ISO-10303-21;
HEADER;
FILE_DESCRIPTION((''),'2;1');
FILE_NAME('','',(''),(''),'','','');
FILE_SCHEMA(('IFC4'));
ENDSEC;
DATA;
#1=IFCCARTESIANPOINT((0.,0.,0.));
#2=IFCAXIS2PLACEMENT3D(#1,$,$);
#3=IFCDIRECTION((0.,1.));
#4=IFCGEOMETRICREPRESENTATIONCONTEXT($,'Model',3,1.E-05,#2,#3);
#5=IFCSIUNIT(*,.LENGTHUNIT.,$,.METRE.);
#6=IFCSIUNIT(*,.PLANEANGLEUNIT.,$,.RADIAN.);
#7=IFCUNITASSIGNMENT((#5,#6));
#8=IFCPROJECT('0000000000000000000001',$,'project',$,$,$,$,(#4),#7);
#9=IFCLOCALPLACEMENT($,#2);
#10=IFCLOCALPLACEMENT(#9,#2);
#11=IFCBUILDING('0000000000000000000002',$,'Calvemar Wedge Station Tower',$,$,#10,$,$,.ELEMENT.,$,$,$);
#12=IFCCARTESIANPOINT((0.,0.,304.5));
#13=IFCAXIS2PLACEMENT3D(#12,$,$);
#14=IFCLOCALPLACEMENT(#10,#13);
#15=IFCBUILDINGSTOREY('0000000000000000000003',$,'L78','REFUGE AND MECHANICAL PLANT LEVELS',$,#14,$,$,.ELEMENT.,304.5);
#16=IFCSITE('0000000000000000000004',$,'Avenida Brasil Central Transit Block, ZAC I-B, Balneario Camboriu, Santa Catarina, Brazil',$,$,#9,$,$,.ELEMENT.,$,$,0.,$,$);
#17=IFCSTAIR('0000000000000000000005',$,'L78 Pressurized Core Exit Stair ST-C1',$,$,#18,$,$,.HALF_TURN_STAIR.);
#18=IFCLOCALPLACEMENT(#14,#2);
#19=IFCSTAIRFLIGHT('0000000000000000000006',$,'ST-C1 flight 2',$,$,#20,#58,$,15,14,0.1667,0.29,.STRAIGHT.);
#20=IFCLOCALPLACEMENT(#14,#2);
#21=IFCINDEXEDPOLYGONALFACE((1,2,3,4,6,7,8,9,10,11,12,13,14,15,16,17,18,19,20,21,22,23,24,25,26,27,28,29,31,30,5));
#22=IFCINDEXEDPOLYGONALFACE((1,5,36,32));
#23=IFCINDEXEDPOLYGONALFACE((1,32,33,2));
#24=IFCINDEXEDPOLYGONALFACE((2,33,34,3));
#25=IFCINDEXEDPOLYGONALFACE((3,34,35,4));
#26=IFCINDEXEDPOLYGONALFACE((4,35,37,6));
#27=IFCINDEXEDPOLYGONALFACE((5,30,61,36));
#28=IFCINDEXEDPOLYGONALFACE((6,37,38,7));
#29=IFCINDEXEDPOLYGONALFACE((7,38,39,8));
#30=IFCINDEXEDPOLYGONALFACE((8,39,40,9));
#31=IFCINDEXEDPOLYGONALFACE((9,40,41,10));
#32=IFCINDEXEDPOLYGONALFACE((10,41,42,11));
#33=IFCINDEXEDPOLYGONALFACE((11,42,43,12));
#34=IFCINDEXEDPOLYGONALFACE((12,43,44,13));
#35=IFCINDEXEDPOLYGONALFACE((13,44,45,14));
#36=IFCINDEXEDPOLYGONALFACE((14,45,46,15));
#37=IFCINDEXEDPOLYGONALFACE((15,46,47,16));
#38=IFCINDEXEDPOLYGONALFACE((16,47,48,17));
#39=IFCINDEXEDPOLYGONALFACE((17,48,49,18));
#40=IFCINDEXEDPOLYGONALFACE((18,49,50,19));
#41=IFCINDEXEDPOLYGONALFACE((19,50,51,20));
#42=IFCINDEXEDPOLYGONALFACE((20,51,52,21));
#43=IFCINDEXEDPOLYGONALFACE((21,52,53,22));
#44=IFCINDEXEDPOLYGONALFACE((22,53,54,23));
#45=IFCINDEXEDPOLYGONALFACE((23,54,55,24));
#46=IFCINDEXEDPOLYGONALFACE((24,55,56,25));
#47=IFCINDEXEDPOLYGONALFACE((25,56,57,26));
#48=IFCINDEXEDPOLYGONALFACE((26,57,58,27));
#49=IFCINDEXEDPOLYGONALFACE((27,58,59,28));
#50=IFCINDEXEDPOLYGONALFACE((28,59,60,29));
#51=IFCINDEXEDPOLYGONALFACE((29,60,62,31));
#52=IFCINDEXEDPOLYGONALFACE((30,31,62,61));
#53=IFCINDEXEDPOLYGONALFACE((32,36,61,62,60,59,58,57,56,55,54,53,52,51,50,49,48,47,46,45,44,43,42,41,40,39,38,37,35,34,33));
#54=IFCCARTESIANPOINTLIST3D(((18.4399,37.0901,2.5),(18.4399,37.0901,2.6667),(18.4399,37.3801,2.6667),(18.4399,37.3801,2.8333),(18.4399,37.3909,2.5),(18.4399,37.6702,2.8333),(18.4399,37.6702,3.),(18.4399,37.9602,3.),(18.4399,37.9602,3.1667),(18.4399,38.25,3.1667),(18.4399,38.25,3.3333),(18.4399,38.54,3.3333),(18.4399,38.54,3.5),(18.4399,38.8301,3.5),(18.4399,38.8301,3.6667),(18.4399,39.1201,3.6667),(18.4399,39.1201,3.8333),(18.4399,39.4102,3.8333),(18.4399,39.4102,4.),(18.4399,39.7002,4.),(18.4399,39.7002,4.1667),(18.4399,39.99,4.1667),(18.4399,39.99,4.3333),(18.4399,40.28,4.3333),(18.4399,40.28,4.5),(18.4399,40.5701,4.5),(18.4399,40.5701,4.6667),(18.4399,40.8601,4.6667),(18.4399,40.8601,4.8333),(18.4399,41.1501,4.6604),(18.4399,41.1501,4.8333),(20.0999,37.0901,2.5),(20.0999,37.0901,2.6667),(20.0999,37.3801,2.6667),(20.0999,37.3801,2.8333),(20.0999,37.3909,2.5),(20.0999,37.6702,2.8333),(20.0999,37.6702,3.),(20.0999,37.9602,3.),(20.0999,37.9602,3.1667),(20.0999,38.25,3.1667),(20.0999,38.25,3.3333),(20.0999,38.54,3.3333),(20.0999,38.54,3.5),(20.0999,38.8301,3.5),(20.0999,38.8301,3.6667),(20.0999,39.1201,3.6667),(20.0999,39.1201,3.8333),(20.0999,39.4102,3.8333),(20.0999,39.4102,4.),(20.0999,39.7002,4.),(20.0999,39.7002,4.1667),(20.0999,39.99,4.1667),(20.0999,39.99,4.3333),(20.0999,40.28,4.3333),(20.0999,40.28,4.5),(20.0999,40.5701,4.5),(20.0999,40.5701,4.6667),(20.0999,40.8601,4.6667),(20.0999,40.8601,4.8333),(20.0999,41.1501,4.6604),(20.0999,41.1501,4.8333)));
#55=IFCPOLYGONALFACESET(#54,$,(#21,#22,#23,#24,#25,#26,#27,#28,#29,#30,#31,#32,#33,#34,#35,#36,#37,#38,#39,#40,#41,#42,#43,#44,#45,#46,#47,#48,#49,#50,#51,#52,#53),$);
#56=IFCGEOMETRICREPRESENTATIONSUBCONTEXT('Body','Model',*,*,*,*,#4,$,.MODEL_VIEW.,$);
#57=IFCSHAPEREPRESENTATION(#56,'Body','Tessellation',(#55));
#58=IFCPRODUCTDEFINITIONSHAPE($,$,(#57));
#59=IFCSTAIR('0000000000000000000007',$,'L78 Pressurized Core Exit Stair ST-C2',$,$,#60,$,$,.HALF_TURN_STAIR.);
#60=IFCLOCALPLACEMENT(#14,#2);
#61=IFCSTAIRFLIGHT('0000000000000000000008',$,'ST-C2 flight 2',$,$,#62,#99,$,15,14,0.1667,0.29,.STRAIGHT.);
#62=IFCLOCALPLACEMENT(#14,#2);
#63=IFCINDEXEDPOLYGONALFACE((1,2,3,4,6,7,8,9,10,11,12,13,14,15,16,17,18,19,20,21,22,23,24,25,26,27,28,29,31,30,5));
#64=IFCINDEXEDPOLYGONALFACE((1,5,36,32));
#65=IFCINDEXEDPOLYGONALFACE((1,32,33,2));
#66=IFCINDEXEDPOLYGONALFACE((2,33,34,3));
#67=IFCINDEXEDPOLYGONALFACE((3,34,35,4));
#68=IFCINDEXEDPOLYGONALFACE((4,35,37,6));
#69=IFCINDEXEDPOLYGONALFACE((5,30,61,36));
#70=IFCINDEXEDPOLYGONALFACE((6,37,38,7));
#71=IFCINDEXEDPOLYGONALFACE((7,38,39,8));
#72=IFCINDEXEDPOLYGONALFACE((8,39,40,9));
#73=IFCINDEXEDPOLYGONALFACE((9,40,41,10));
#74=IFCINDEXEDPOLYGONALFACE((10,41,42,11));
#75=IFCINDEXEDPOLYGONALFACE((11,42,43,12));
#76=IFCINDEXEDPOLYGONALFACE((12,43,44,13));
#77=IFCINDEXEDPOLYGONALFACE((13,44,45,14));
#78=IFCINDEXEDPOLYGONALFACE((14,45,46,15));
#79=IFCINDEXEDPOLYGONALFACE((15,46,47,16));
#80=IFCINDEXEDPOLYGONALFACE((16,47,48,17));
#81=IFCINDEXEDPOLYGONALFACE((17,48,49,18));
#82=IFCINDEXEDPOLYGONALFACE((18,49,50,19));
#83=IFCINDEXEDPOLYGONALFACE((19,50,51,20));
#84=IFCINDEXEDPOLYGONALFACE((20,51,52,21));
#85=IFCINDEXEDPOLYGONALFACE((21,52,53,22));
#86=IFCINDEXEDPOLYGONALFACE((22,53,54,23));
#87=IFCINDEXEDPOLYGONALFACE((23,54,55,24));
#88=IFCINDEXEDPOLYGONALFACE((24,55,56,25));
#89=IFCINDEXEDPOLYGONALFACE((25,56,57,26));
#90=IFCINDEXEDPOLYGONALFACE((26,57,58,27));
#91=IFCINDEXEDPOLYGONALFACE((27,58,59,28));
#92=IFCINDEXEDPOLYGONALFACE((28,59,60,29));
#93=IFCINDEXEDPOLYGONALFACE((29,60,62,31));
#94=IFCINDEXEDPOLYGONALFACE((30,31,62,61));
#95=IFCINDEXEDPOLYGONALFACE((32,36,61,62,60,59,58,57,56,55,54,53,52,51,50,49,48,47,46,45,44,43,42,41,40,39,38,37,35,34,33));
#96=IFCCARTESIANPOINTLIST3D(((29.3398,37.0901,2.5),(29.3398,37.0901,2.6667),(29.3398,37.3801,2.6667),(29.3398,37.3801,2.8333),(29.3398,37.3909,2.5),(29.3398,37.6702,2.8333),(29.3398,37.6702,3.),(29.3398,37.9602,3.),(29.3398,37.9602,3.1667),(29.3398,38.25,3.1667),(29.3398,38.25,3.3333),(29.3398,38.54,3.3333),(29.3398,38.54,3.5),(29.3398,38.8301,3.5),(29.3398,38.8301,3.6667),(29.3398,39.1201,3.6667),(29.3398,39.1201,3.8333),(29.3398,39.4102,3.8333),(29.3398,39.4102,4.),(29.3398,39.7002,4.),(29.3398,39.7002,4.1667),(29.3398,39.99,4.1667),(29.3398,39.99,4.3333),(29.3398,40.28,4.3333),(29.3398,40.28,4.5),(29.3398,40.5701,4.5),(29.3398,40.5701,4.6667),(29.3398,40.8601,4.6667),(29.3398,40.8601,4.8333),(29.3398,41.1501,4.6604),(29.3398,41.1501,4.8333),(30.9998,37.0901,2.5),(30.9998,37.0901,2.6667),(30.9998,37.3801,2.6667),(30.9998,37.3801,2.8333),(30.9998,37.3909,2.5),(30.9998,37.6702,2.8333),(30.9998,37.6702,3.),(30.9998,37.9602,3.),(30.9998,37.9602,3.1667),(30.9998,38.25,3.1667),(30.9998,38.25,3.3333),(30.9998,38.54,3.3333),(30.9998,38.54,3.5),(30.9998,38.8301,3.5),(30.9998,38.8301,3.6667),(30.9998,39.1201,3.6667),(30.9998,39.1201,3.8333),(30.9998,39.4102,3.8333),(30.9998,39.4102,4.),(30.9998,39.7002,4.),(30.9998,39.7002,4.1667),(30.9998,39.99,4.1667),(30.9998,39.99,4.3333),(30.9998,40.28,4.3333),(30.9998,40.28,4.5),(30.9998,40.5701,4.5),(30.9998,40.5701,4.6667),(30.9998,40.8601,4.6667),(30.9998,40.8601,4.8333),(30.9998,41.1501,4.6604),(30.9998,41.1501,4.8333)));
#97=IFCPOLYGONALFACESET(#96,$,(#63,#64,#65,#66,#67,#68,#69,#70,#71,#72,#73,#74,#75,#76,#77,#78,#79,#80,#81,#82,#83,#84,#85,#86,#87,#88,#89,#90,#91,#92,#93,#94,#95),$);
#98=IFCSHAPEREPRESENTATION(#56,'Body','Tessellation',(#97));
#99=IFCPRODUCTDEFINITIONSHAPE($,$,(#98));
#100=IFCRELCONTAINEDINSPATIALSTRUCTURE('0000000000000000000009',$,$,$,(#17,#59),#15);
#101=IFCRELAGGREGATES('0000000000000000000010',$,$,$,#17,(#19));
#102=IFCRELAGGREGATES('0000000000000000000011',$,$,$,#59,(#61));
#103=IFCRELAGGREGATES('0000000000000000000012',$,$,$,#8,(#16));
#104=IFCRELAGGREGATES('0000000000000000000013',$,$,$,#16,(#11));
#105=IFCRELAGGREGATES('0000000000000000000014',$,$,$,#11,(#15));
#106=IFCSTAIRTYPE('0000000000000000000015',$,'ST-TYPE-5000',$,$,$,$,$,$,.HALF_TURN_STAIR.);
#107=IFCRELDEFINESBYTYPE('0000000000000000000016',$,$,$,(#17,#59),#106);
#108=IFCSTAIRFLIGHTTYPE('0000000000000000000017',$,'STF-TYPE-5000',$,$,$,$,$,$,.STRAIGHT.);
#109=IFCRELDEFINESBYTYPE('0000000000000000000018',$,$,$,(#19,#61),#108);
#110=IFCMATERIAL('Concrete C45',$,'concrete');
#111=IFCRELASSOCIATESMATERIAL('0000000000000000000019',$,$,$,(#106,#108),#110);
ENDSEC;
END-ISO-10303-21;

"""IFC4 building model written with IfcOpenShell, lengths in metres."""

from ifc_helpers import new_model, si_unit, direction, frame, origin, place, context, subcontext, project, spatial, polyline, outline, extrude, material, type_object, element, aggregate, save


model = new_model("IFC4")

# Units and contexts
model_context = context("Model", 3, precision=1e-05, world=origin(), true_north=direction((0.0, 1.0)))
body_context = subcontext(model_context, "Body", "Model", "MODEL_VIEW")
ifc_project = project(units=[si_unit("LENGTHUNIT", "METRE"), si_unit("PLANEANGLEUNIT", "RADIAN")], contexts=[model_context])

# Site, building, storey
site_placement = place(None, origin())
site = spatial("IfcSite", under=ifc_project, at=site_placement, Name="Avenida Brasil Central Transit Block, ZAC I-B, Balneario Camboriu, Santa Catarina, Brazil", CompositionType="ELEMENT", RefElevation=0.0)
building_placement = place(site_placement, origin())
building = spatial("IfcBuilding", under=site, at=building_placement, Name="Calvemar Wedge Station Tower", CompositionType="ELEMENT")
storey_placement = place(building_placement, frame((0.0, 0.0, 304.5)))
storey = spatial("IfcBuildingStorey", under=building, at=storey_placement, Name="L78", Description="REFUGE AND MECHANICAL PLANT LEVELS", CompositionType="ELEMENT", Elevation=304.5)

# Stair, stair flight
ifc_material_1 = material(Name="Concrete C45", Category="concrete")
stair_type = type_object("IfcStairType", Name="ST-TYPE-5000", PredefinedType="HALF_TURN_STAIR", material=ifc_material_1)
stair_1_placement = place(storey_placement, origin())
stair_1 = element("IfcStair", 1, at=stair_1_placement, inside=storey, type_object=stair_type, Name="L78 Pressurized Core Exit Stair ST-C1", PredefinedType="HALF_TURN_STAIR")
stair_flight_type = type_object("IfcStairFlightType", Name="STF-TYPE-5000", PredefinedType="STRAIGHT", material=ifc_material_1)
stair_flight_1_placement = place(storey_placement, frame((19.27, 37.0901, 2.5), z_axis=(0.0, 0.0, 1.0), x_axis=(0.0, 1.0, 0.0)))
stair_flight_1 = element("IfcStairFlight", 2, at=stair_flight_1_placement, type_object=stair_flight_type, Name="ST-C1 flight 2", NumberOfRisers=15, NumberOfTreads=14, PredefinedType="STRAIGHT", RiserHeight=0.1667, TreadLength=0.29, context=body_context, shape_type="SweptSolid", body=[
    extrude(outline(polyline([(0.0, 0.0), (0.0, 0.1667), (0.29, 0.1667), (0.29, 0.3333), (0.5801, 0.3333), (0.5801, 0.5), (0.8701, 0.5), (0.8701, 0.6667), (1.1599, 0.6667), (1.1599, 0.8333), (1.45, 0.8333), (1.45, 1.0), (1.74, 1.0), (1.74, 1.1667), (2.03, 1.1667), (2.03, 1.3333), (2.3201, 1.3333), (2.3201, 1.5), (2.6101, 1.5), (2.6101, 1.6667), (2.8999, 1.6667), (2.8999, 1.8333), (3.1899, 1.8333), (3.1899, 2.0), (3.48, 2.0), (3.48, 2.1667), (3.77, 2.1667), (3.77, 2.3333), (4.0601, 2.3333), (4.0601, 2.5), (4.0601, 2.1604), (0.3008, 0.0), (0.0, 0.0)])), frame((0.0, 0.8301, 0.0), z_axis=(0.0, -1.0, 0.0), x_axis=(1.0, 0.0, 0.0)), (0.0, 0.0, 1.0), 1.6599),
])
aggregate(stair_1, [stair_flight_1])

# Stair, stair flight
stair_2_placement = place(storey_placement, origin())
stair_2 = element("IfcStair", 3, at=stair_2_placement, inside=storey, type_object=stair_type, Name="L78 Pressurized Core Exit Stair ST-C2", PredefinedType="HALF_TURN_STAIR")
stair_flight_2_placement = place(storey_placement, frame((30.1699, 37.0901, 2.5), z_axis=(0.0, 0.0, 1.0), x_axis=(0.0, 1.0, 0.0)))
stair_flight_2 = element("IfcStairFlight", 4, at=stair_flight_2_placement, type_object=stair_flight_type, Name="ST-C2 flight 2", NumberOfRisers=15, NumberOfTreads=14, PredefinedType="STRAIGHT", RiserHeight=0.1667, TreadLength=0.29, context=body_context, shape_type="SweptSolid", body=[
    extrude(outline(polyline([(0.0, 0.0), (0.0, 0.1667), (0.29, 0.1667), (0.29, 0.3333), (0.5801, 0.3333), (0.5801, 0.5), (0.8701, 0.5), (0.8701, 0.6667), (1.1599, 0.6667), (1.1599, 0.8333), (1.45, 0.8333), (1.45, 1.0), (1.74, 1.0), (1.74, 1.1667), (2.03, 1.1667), (2.03, 1.3333), (2.3201, 1.3333), (2.3201, 1.5), (2.6101, 1.5), (2.6101, 1.6667), (2.8999, 1.6667), (2.8999, 1.8333), (3.1899, 1.8333), (3.1899, 2.0), (3.48, 2.0), (3.48, 2.1667), (3.77, 2.1667), (3.77, 2.3333), (4.0601, 2.3333), (4.0601, 2.5), (4.0601, 2.1604), (0.3008, 0.0), (0.0, 0.0)])), frame((0.0, 0.8301, 0.0), z_axis=(0.0, -1.0, 0.0), x_axis=(1.0, 0.0, 0.0)), (0.0, 0.0, 1.0), 1.6599),
])
aggregate(stair_2, [stair_flight_2])

save(model, "model.ifc")
